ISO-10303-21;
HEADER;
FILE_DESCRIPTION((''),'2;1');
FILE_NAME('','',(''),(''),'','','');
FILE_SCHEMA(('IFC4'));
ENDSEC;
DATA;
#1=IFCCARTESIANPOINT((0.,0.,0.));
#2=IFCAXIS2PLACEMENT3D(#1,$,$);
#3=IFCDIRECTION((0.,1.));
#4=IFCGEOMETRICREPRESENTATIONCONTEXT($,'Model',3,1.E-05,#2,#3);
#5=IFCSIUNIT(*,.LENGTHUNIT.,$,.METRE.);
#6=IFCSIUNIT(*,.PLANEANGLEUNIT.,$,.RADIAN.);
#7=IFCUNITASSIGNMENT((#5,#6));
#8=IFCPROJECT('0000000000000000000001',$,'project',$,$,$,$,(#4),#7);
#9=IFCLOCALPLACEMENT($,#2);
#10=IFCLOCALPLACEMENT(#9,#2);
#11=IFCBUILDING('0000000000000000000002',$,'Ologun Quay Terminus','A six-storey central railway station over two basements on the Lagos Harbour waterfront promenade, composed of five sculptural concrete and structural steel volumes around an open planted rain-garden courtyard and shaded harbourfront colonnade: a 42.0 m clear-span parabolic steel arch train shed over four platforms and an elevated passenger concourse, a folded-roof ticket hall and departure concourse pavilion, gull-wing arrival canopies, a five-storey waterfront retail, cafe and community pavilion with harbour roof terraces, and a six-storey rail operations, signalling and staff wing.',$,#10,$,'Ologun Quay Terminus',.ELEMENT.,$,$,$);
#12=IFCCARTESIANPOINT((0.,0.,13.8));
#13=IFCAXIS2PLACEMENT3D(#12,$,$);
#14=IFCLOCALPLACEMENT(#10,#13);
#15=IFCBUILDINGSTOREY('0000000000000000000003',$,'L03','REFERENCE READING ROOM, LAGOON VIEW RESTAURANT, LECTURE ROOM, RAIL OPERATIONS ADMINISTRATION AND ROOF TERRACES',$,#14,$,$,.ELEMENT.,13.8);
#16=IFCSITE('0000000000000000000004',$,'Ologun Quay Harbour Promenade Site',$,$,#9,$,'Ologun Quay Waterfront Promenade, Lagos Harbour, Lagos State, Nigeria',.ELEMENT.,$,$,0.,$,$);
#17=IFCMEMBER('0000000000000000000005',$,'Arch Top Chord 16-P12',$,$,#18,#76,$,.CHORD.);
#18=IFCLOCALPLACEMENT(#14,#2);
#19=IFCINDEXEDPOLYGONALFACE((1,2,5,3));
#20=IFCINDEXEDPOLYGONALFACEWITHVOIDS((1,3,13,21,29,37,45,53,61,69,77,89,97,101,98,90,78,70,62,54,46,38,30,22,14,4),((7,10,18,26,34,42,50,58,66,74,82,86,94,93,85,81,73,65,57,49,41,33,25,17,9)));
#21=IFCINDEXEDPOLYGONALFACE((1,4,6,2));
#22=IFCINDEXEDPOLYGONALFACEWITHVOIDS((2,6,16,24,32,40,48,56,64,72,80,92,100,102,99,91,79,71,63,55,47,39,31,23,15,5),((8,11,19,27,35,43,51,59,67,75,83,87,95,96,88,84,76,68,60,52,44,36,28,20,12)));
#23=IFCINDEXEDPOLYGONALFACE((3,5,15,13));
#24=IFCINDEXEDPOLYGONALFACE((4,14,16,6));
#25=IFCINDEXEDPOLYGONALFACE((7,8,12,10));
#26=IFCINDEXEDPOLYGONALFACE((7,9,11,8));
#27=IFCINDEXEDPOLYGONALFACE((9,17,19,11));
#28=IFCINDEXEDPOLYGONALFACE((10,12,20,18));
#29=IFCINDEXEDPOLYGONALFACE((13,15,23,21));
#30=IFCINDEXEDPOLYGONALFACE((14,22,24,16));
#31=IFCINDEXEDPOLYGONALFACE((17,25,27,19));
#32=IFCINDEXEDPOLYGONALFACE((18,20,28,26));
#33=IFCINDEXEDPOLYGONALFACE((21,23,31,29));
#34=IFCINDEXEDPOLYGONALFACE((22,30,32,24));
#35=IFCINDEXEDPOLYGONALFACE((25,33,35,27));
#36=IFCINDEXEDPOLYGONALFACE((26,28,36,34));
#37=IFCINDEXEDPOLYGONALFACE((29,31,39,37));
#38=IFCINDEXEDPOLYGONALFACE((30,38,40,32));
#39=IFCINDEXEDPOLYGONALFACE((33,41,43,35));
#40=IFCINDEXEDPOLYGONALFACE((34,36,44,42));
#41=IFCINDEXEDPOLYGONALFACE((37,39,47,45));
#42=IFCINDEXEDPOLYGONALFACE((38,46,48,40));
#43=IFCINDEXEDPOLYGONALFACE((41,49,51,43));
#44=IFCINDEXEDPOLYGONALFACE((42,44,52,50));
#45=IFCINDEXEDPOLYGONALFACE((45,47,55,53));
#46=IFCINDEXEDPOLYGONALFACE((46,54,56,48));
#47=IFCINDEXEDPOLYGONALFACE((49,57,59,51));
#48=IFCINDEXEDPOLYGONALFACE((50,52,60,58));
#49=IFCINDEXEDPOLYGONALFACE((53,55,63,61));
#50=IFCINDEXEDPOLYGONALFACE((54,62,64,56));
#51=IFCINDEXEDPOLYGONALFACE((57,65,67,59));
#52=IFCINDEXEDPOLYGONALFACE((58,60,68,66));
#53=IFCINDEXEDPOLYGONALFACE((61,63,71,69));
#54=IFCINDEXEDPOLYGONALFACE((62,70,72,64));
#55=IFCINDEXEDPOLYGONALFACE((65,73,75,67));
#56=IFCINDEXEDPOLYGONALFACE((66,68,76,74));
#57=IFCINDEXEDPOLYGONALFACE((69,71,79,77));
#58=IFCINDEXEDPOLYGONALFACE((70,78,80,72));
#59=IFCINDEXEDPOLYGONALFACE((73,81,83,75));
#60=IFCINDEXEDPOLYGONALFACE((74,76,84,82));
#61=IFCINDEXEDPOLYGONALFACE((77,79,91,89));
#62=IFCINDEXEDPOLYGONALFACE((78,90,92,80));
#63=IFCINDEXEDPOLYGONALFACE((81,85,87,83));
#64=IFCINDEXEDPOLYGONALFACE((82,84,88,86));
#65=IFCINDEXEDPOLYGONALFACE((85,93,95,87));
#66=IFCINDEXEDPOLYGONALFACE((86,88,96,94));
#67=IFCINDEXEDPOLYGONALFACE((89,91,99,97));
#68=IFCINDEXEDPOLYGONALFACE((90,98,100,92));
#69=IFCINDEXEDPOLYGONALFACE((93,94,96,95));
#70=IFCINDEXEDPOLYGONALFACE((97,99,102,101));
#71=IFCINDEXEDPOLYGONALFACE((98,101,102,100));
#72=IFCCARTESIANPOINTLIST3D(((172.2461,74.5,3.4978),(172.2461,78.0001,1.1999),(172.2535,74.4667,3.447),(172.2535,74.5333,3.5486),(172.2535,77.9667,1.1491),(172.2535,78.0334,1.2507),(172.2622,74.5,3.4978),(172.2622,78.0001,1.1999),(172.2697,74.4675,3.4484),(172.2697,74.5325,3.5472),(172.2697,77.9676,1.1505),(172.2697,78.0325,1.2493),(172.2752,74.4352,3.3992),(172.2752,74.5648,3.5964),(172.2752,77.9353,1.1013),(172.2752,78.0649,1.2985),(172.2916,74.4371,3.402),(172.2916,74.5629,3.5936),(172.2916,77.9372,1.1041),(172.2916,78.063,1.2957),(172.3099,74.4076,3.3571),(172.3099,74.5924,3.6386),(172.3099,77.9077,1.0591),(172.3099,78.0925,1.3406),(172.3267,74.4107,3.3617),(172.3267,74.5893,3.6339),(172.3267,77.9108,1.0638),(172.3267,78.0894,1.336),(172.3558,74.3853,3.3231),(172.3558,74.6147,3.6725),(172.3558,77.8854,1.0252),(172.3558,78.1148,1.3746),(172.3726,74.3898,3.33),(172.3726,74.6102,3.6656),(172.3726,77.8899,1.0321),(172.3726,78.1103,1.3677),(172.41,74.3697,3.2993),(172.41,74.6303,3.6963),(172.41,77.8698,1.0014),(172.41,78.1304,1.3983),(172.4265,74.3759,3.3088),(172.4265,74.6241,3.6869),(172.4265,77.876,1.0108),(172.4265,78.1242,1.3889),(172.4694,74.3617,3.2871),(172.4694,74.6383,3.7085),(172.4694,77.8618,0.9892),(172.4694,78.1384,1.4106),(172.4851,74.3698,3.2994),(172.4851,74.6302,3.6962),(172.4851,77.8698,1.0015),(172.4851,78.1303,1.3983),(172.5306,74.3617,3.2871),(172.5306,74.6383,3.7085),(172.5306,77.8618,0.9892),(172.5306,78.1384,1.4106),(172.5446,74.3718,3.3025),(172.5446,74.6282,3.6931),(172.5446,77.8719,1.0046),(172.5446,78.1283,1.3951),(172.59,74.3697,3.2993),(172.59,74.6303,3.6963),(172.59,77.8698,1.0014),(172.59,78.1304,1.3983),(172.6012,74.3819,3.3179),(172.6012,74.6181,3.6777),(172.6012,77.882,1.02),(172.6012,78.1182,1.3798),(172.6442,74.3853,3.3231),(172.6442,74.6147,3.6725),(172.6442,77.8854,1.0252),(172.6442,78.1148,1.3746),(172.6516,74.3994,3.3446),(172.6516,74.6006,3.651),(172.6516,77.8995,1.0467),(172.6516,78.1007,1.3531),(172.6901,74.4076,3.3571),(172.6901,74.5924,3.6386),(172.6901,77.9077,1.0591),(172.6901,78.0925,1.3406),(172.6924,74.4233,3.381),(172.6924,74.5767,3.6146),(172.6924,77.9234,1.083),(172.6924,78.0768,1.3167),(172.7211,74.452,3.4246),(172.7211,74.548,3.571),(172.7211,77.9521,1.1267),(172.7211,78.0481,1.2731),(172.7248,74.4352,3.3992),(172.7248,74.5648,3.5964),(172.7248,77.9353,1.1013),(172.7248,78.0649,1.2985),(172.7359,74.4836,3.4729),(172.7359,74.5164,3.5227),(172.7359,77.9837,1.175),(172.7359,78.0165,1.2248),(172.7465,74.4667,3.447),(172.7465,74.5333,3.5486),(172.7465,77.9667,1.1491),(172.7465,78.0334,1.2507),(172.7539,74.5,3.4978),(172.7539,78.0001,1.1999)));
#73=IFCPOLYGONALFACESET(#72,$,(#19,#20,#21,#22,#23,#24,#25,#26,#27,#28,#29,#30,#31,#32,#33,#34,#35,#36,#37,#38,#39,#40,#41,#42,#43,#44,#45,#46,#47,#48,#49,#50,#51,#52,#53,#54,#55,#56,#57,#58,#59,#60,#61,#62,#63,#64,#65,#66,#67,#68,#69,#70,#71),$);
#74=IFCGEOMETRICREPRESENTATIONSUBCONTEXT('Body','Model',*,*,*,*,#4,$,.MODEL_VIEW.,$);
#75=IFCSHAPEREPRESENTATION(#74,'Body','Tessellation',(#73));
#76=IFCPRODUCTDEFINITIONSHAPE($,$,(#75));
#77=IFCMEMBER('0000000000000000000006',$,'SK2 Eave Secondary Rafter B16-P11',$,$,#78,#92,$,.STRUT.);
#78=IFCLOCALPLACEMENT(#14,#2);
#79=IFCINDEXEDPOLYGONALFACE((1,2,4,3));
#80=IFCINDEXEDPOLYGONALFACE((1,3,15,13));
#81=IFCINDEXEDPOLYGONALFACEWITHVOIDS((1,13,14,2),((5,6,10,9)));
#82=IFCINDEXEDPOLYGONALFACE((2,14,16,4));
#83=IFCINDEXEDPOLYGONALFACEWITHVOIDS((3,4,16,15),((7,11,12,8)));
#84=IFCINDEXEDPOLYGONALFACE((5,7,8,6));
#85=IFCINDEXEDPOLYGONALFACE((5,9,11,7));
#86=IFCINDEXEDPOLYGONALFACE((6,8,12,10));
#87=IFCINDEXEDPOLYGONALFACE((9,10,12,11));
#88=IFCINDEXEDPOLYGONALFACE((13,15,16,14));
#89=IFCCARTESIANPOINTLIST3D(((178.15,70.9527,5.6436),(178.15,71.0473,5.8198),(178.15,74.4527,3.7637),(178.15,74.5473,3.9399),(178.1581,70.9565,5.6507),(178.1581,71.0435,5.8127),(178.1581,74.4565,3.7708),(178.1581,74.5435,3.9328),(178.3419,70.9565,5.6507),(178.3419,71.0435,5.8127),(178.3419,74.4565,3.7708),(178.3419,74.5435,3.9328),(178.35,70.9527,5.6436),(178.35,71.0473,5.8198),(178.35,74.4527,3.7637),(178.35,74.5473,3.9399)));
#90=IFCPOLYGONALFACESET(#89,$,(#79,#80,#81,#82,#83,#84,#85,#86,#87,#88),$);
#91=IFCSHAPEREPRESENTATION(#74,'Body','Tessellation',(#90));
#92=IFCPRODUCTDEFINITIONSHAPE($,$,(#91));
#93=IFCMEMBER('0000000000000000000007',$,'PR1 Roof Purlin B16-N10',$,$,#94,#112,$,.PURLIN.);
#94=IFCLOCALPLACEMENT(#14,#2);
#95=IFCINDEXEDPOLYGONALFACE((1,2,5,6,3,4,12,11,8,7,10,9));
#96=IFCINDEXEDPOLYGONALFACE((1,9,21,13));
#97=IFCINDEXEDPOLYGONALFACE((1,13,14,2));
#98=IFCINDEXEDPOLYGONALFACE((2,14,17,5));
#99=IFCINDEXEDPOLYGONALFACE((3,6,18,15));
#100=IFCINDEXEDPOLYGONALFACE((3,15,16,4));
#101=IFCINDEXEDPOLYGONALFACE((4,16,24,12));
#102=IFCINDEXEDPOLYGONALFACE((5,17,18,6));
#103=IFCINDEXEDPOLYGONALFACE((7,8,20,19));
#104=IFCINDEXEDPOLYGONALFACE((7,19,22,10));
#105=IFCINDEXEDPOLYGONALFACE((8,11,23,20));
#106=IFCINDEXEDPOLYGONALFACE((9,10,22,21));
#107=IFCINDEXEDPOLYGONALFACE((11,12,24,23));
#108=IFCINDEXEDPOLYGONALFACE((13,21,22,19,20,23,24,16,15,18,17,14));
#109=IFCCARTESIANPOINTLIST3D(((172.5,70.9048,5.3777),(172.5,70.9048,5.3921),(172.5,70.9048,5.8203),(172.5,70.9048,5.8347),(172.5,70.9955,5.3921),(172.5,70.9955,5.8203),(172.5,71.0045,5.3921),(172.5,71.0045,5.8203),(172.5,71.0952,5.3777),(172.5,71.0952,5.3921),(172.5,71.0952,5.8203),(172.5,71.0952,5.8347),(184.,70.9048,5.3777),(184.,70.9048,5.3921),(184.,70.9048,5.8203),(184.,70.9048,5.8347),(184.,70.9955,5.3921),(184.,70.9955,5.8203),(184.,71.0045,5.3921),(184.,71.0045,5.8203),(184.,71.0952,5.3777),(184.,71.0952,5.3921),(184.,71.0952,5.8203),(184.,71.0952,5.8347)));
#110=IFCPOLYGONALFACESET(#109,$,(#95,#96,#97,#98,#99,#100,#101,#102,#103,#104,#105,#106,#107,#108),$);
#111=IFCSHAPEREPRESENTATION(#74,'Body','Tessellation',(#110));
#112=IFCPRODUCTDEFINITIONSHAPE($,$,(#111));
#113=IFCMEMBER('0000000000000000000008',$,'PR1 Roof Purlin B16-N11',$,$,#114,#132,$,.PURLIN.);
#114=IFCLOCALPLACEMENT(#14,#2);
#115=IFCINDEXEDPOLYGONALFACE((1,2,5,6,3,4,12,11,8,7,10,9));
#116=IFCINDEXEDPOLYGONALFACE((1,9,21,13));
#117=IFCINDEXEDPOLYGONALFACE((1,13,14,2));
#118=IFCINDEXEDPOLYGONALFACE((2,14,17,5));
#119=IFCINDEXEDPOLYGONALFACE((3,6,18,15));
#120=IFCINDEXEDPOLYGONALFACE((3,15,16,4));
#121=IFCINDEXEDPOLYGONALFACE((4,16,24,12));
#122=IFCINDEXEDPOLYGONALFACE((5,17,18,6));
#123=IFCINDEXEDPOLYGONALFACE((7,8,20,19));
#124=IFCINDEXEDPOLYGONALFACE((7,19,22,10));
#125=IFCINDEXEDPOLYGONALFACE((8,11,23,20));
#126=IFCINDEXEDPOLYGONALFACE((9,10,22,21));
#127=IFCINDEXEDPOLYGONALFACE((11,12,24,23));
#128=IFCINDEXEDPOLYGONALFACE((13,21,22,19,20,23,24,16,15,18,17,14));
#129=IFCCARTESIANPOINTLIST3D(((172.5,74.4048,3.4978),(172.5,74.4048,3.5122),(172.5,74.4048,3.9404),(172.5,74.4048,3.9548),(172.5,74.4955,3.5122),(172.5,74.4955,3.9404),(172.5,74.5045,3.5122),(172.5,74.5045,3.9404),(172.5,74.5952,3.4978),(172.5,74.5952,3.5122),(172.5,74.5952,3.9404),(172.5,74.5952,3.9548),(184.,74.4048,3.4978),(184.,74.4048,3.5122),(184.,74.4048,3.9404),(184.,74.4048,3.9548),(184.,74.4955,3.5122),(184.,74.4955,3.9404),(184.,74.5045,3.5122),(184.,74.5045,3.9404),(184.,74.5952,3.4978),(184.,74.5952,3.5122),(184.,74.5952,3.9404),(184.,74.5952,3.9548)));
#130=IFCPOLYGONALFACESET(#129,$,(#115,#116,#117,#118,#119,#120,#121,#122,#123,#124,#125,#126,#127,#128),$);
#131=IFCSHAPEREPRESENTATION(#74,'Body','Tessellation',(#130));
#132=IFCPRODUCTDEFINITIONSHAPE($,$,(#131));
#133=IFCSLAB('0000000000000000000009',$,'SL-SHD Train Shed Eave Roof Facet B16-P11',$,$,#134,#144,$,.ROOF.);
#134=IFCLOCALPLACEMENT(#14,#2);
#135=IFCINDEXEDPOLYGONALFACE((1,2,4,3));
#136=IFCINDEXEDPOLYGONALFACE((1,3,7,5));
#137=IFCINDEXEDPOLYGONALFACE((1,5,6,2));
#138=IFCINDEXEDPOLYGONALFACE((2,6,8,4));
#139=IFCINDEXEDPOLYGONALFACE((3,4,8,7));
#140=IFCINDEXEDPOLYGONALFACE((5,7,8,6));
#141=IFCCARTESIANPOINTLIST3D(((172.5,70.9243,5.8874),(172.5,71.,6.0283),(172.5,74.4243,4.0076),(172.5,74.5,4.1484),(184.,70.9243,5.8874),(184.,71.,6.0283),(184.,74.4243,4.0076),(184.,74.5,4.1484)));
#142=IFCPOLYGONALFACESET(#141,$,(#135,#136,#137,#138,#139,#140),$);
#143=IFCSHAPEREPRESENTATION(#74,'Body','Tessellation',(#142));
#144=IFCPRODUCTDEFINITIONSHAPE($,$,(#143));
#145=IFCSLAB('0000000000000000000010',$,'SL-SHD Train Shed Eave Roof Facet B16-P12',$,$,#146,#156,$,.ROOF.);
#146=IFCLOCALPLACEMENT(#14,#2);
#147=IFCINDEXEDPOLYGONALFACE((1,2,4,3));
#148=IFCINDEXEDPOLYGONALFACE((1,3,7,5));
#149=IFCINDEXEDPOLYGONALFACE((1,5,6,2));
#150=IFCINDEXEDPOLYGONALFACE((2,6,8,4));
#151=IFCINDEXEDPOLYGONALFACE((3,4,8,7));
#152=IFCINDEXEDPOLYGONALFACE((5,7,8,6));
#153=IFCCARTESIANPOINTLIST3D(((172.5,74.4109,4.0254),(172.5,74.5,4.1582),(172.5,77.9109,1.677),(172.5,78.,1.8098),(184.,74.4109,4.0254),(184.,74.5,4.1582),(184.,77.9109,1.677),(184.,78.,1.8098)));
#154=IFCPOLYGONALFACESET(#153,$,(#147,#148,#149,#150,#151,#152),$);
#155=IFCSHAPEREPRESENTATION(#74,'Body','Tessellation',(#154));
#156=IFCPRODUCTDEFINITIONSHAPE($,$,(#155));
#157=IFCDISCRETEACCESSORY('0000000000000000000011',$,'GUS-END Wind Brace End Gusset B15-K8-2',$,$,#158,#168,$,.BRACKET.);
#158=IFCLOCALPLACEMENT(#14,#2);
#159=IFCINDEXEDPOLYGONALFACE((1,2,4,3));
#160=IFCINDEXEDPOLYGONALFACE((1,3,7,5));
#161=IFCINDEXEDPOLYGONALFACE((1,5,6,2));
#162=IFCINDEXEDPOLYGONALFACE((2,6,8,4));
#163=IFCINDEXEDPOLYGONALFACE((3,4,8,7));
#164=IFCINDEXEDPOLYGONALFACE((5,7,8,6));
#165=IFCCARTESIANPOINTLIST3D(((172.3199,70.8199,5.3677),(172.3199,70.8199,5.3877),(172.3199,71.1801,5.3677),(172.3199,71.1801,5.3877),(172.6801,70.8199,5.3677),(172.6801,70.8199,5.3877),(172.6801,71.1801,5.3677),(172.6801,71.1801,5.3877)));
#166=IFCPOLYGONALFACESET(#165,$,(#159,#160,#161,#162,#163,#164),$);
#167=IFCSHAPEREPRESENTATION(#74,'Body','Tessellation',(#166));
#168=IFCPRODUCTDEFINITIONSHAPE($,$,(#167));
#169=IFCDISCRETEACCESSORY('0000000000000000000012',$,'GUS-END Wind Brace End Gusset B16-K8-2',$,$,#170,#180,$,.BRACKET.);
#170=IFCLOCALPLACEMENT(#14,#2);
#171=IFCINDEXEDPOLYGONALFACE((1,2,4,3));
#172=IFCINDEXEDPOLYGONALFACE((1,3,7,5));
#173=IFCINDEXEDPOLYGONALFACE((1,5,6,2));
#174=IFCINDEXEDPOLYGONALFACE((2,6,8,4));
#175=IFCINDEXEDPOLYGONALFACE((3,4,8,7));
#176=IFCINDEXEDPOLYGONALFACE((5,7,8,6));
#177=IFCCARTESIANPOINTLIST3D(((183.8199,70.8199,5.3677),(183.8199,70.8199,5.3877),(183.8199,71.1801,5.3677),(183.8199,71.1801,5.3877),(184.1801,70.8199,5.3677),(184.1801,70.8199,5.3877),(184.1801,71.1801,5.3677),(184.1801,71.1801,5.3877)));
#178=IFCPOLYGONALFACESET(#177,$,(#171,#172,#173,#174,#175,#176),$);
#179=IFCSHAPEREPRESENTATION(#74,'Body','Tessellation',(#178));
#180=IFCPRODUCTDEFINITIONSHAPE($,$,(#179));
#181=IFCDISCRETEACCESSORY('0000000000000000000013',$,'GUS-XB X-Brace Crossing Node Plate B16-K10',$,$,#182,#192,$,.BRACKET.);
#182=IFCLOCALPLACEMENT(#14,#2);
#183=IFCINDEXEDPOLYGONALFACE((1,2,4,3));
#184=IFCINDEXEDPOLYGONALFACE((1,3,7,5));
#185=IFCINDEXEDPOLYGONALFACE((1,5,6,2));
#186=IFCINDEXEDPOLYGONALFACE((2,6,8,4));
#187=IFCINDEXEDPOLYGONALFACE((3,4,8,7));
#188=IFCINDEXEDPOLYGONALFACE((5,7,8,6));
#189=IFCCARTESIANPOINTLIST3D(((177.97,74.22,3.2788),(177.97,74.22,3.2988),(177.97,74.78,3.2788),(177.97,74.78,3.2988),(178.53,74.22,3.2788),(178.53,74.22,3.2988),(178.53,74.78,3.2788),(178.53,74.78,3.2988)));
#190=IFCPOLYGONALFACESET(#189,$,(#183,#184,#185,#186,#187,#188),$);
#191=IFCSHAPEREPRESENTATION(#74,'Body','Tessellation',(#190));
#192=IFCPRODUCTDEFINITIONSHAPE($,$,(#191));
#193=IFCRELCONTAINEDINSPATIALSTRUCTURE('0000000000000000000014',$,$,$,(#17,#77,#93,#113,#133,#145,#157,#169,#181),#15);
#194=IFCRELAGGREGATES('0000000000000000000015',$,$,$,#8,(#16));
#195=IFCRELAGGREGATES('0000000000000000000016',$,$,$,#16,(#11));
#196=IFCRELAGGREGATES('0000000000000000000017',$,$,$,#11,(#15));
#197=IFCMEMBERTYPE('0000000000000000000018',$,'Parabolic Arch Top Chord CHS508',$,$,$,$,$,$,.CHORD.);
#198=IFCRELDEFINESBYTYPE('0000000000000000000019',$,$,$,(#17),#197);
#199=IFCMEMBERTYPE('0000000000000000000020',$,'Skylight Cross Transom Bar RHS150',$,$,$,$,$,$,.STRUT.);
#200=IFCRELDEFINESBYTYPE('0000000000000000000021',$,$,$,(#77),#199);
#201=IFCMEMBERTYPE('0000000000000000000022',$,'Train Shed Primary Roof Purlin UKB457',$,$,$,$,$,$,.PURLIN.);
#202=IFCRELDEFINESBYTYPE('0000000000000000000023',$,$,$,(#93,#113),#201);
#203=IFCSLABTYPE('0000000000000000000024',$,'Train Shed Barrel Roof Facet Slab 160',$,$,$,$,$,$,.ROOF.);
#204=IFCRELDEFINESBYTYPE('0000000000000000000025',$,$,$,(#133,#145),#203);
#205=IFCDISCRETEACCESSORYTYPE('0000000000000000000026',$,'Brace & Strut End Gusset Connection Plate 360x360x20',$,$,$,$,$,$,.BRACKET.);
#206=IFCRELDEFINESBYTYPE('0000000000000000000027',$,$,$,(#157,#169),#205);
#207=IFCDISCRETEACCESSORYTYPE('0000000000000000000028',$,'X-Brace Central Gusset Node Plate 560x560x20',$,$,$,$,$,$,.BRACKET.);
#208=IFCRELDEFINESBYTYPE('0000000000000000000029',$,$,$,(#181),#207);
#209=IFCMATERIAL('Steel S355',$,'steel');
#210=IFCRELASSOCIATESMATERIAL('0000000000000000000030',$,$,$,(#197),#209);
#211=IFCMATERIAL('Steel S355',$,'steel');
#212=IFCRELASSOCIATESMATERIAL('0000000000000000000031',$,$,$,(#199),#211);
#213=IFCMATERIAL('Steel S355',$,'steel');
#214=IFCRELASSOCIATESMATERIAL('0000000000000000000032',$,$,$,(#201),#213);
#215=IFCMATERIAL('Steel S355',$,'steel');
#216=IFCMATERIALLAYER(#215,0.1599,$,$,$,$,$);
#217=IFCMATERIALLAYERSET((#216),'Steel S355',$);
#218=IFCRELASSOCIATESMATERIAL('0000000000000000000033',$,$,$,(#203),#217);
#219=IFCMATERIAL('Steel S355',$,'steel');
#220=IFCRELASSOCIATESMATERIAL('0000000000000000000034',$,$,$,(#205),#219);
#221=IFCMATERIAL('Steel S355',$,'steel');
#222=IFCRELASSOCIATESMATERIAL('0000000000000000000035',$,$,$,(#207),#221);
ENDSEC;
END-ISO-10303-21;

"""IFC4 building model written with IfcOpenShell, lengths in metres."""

from ifc_helpers import new_model, si_unit, direction, frame, origin, origin_2d, place, context, subcontext, project, spatial, polyline, rectangle, hollow_rectangle, hollow_circle, i_section, outline, extrude, material, layer, layer_set, material_profile, profile_set, type_object, element, save


model = new_model("IFC4")

# Units and contexts
model_context = context("Model", 3, precision=1e-05, world=origin(), true_north=direction((0.0, 1.0)))
body_context = subcontext(model_context, "Body", "Model", "MODEL_VIEW")
ifc_project = project(units=[si_unit("LENGTHUNIT", "METRE"), si_unit("PLANEANGLEUNIT", "RADIAN")], contexts=[model_context])

# Site, building, storey
site_placement = place(None, origin())
site = spatial("IfcSite", under=ifc_project, at=site_placement, Name="Ologun Quay Harbour Promenade Site", LongName="Ologun Quay Waterfront Promenade, Lagos Harbour, Lagos State, Nigeria", CompositionType="ELEMENT", RefElevation=0.0)
building_placement = place(site_placement, origin())
building = spatial("IfcBuilding", under=site, at=building_placement, Name="Ologun Quay Terminus", Description="A six-storey central railway station over two basements on the Lagos Harbour waterfront promenade, composed of five sculptural concrete and structural steel volumes around an open planted rain-garden courtyard and shaded harbourfront colonnade: a 42.0 m clear-span parabolic steel arch train shed over four platforms and an elevated passenger concourse, a folded-roof ticket hall and departure concourse pavilion, gull-wing arrival canopies, a five-storey waterfront retail, cafe and community pavilion with harbour roof terraces, and a six-storey rail operations, signalling and staff wing.", LongName="Ologun Quay Terminus", CompositionType="ELEMENT")
storey_placement = place(building_placement, frame((0.0, 0.0, 13.8)))
storey = spatial("IfcBuildingStorey", under=building, at=storey_placement, Name="L03", Description="REFERENCE READING ROOM, LAGOON VIEW RESTAURANT, LECTURE ROOM, RAIL OPERATIONS ADMINISTRATION AND ROOF TERRACES", CompositionType="ELEMENT", Elevation=13.8)

# Members
ifc_material_1 = material(Name="Steel S355", Category="steel")
ifc_material_profile_1 = material_profile(ifc_material_1, hollow_circle(Radius=0.2539, WallThickness=0.0161, at=origin_2d()), Name="CHS 508x16")
ifc_profile_set_1 = profile_set([ifc_material_profile_1], Name="Steel S355")
member_type_1 = type_object("IfcMemberType", Name="Parabolic Arch Top Chord CHS508", PredefinedType="CHORD", material=ifc_profile_set_1)
member_1_placement = place(storey_placement, frame((172.5, 74.5, 3.4978), z_axis=(0.0, 0.835941, -0.548819), x_axis=(-1.0, 0.0, 0.0)))
element("IfcMember", 1, at=member_1_placement, inside=storey, type_object=member_type_1, Name="Arch Top Chord 16-P12", PredefinedType="CHORD", context=body_context, shape_type="SweptSolid", body=[
    extrude(hollow_circle(Radius=0.2539, WallThickness=0.0161, at=origin_2d()), origin(), (0.0, 0.0, 1.0), 4.187),
])
ifc_material_2 = material(Name="Steel S355", Category="steel")
ifc_material_profile_2 = material_profile(ifc_material_2, hollow_rectangle(XDim=0.2, YDim=0.2, WallThickness=0.0081, at=origin_2d()), Name="SHS 200x200x8")
ifc_profile_set_2 = profile_set([ifc_material_profile_2], Name="Steel S355")
member_type_2 = type_object("IfcMemberType", Name="Skylight Cross Transom Bar RHS150", PredefinedType="STRUT", material=ifc_profile_set_2)
member_2_placement = place(storey_placement, frame((178.25, 71.0, 5.7317), z_axis=(0.0, 0.880968, -0.473176), x_axis=(-1.0, 0.0, 0.0)))
element("IfcMember", 2, at=member_2_placement, inside=storey, type_object=member_type_2, Name="SK2 Eave Secondary Rafter B16-P11", PredefinedType="STRUT", context=body_context, shape_type="SweptSolid", body=[
    extrude(hollow_rectangle(XDim=0.2, YDim=0.2, WallThickness=0.0081, at=origin_2d()), origin(), (0.0, 0.0, 1.0), 3.9729),
])
ifc_material_3 = material(Name="Steel S355", Category="steel")
ifc_material_profile_3 = material_profile(ifc_material_3, i_section(OverallWidth=0.1904, OverallDepth=0.457, WebThickness=0.009, FlangeThickness=0.0144, at=origin_2d()), Name="UKB 457x191x74")
ifc_profile_set_3 = profile_set([ifc_material_profile_3], Name="Steel S355")
member_type_3 = type_object("IfcMemberType", Name="Train Shed Primary Roof Purlin UKB457", PredefinedType="PURLIN", material=ifc_profile_set_3)
for number, where, z_axis, x_axis, name in (
    (3, (172.5, 71.0, 5.6062), (1.0, 0.0, 0.0), (0.0, 1.0, 0.0), "PR1 Roof Purlin B16-N10"),
    (4, (172.5, 74.5, 3.7263), (1.0, 0.0, 0.0), (0.0, 1.0, 0.0), "PR1 Roof Purlin B16-N11"),
):
    element("IfcMember", number, at=place(storey_placement, frame(where, z_axis=z_axis, x_axis=x_axis)), inside=storey, type_object=member_type_3, Name=name, PredefinedType="PURLIN", context=body_context, shape_type="SweptSolid", body=[
        extrude(i_section(OverallWidth=0.1904, OverallDepth=0.457, WebThickness=0.009, FlangeThickness=0.0144, at=origin_2d()), origin(), (0.0, 0.0, 1.0), 11.5),
    ])

# Slabs
ifc_material_4 = material(Name="Steel S355", Category="steel")
ifc_layer = layer(ifc_material_4, 0.1599)
ifc_layer_set = layer_set([ifc_layer], Name="Steel S355")
slab_type = type_object("IfcSlabType", Name="Train Shed Barrel Roof Facet Slab 160", PredefinedType="ROOF", material=ifc_layer_set)
slab_1_placement = place(storey_placement, frame((172.5, 71.0, 6.0283), z_axis=(0.0, 0.473176, 0.880968), x_axis=(1.0, 0.0, 0.0)))
element("IfcSlab", 5, at=slab_1_placement, inside=storey, type_object=slab_type, Name="SL-SHD Train Shed Eave Roof Facet B16-P11", PredefinedType="ROOF", context=body_context, shape_type="SweptSolid", body=[
    extrude(outline(polyline([(0.0, 0.0), (11.5, 0.0), (11.5, 3.9729), (0.0, 3.9729), (0.0, 0.0)])), origin(), (0.0, 0.0, -1.0), 0.1599),
])
slab_2_placement = place(storey_placement, frame((172.5, 74.5, 4.1582), z_axis=(0.0, 0.557171, 0.830398), x_axis=(1.0, 0.0, 0.0)))
element("IfcSlab", 6, at=slab_2_placement, inside=storey, type_object=slab_type, Name="SL-SHD Train Shed Eave Roof Facet B16-P12", PredefinedType="ROOF", context=body_context, shape_type="SweptSolid", body=[
    extrude(outline(polyline([(0.0, 0.0), (11.5, 0.0), (11.5, 4.2148), (0.0, 4.2148), (0.0, 0.0)])), origin(), (0.0, 0.0, -1.0), 0.1599),
])

# Discrete accessories
ifc_material_5 = material(Name="Steel S355", Category="steel")
discrete_accessory_type_1 = type_object("IfcDiscreteAccessoryType", Name="Brace & Strut End Gusset Connection Plate 360x360x20", PredefinedType="BRACKET", material=ifc_material_5)
for number, where, z_axis, x_axis, name in (
    (7, (172.5, 71.0, 5.3677), (0.0, 0.0, 1.0), (1.0, 0.0, 0.0), "GUS-END Wind Brace End Gusset B15-K8-2"),
    (8, (184.0, 71.0, 5.3677), (0.0, 0.0, 1.0), (1.0, 0.0, 0.0), "GUS-END Wind Brace End Gusset B16-K8-2"),
):
    element("IfcDiscreteAccessory", number, at=place(storey_placement, frame(where, z_axis=z_axis, x_axis=x_axis)), inside=storey, type_object=discrete_accessory_type_1, Name=name, PredefinedType="BRACKET", context=body_context, shape_type="SweptSolid", body=[
        extrude(rectangle(XDim=0.3601, YDim=0.3601, at=origin_2d()), origin(), (0.0, 0.0, 1.0), 0.02),
    ])
ifc_material_6 = material(Name="Steel S355", Category="steel")
discrete_accessory_type_2 = type_object("IfcDiscreteAccessoryType", Name="X-Brace Central Gusset Node Plate 560x560x20", PredefinedType="BRACKET", material=ifc_material_6)
discrete_accessory_placement = place(storey_placement, frame((178.25, 74.5, 3.2788), z_axis=(0.0, 0.0, 1.0), x_axis=(1.0, 0.0, 0.0)))
element("IfcDiscreteAccessory", 9, at=discrete_accessory_placement, inside=storey, type_object=discrete_accessory_type_2, Name="GUS-XB X-Brace Crossing Node Plate B16-K10", PredefinedType="BRACKET", context=body_context, shape_type="SweptSolid", body=[
    extrude(rectangle(XDim=0.5601, YDim=0.5601, at=origin_2d()), origin(), (0.0, 0.0, 1.0), 0.02),
])

save(model, "model.ifc")
